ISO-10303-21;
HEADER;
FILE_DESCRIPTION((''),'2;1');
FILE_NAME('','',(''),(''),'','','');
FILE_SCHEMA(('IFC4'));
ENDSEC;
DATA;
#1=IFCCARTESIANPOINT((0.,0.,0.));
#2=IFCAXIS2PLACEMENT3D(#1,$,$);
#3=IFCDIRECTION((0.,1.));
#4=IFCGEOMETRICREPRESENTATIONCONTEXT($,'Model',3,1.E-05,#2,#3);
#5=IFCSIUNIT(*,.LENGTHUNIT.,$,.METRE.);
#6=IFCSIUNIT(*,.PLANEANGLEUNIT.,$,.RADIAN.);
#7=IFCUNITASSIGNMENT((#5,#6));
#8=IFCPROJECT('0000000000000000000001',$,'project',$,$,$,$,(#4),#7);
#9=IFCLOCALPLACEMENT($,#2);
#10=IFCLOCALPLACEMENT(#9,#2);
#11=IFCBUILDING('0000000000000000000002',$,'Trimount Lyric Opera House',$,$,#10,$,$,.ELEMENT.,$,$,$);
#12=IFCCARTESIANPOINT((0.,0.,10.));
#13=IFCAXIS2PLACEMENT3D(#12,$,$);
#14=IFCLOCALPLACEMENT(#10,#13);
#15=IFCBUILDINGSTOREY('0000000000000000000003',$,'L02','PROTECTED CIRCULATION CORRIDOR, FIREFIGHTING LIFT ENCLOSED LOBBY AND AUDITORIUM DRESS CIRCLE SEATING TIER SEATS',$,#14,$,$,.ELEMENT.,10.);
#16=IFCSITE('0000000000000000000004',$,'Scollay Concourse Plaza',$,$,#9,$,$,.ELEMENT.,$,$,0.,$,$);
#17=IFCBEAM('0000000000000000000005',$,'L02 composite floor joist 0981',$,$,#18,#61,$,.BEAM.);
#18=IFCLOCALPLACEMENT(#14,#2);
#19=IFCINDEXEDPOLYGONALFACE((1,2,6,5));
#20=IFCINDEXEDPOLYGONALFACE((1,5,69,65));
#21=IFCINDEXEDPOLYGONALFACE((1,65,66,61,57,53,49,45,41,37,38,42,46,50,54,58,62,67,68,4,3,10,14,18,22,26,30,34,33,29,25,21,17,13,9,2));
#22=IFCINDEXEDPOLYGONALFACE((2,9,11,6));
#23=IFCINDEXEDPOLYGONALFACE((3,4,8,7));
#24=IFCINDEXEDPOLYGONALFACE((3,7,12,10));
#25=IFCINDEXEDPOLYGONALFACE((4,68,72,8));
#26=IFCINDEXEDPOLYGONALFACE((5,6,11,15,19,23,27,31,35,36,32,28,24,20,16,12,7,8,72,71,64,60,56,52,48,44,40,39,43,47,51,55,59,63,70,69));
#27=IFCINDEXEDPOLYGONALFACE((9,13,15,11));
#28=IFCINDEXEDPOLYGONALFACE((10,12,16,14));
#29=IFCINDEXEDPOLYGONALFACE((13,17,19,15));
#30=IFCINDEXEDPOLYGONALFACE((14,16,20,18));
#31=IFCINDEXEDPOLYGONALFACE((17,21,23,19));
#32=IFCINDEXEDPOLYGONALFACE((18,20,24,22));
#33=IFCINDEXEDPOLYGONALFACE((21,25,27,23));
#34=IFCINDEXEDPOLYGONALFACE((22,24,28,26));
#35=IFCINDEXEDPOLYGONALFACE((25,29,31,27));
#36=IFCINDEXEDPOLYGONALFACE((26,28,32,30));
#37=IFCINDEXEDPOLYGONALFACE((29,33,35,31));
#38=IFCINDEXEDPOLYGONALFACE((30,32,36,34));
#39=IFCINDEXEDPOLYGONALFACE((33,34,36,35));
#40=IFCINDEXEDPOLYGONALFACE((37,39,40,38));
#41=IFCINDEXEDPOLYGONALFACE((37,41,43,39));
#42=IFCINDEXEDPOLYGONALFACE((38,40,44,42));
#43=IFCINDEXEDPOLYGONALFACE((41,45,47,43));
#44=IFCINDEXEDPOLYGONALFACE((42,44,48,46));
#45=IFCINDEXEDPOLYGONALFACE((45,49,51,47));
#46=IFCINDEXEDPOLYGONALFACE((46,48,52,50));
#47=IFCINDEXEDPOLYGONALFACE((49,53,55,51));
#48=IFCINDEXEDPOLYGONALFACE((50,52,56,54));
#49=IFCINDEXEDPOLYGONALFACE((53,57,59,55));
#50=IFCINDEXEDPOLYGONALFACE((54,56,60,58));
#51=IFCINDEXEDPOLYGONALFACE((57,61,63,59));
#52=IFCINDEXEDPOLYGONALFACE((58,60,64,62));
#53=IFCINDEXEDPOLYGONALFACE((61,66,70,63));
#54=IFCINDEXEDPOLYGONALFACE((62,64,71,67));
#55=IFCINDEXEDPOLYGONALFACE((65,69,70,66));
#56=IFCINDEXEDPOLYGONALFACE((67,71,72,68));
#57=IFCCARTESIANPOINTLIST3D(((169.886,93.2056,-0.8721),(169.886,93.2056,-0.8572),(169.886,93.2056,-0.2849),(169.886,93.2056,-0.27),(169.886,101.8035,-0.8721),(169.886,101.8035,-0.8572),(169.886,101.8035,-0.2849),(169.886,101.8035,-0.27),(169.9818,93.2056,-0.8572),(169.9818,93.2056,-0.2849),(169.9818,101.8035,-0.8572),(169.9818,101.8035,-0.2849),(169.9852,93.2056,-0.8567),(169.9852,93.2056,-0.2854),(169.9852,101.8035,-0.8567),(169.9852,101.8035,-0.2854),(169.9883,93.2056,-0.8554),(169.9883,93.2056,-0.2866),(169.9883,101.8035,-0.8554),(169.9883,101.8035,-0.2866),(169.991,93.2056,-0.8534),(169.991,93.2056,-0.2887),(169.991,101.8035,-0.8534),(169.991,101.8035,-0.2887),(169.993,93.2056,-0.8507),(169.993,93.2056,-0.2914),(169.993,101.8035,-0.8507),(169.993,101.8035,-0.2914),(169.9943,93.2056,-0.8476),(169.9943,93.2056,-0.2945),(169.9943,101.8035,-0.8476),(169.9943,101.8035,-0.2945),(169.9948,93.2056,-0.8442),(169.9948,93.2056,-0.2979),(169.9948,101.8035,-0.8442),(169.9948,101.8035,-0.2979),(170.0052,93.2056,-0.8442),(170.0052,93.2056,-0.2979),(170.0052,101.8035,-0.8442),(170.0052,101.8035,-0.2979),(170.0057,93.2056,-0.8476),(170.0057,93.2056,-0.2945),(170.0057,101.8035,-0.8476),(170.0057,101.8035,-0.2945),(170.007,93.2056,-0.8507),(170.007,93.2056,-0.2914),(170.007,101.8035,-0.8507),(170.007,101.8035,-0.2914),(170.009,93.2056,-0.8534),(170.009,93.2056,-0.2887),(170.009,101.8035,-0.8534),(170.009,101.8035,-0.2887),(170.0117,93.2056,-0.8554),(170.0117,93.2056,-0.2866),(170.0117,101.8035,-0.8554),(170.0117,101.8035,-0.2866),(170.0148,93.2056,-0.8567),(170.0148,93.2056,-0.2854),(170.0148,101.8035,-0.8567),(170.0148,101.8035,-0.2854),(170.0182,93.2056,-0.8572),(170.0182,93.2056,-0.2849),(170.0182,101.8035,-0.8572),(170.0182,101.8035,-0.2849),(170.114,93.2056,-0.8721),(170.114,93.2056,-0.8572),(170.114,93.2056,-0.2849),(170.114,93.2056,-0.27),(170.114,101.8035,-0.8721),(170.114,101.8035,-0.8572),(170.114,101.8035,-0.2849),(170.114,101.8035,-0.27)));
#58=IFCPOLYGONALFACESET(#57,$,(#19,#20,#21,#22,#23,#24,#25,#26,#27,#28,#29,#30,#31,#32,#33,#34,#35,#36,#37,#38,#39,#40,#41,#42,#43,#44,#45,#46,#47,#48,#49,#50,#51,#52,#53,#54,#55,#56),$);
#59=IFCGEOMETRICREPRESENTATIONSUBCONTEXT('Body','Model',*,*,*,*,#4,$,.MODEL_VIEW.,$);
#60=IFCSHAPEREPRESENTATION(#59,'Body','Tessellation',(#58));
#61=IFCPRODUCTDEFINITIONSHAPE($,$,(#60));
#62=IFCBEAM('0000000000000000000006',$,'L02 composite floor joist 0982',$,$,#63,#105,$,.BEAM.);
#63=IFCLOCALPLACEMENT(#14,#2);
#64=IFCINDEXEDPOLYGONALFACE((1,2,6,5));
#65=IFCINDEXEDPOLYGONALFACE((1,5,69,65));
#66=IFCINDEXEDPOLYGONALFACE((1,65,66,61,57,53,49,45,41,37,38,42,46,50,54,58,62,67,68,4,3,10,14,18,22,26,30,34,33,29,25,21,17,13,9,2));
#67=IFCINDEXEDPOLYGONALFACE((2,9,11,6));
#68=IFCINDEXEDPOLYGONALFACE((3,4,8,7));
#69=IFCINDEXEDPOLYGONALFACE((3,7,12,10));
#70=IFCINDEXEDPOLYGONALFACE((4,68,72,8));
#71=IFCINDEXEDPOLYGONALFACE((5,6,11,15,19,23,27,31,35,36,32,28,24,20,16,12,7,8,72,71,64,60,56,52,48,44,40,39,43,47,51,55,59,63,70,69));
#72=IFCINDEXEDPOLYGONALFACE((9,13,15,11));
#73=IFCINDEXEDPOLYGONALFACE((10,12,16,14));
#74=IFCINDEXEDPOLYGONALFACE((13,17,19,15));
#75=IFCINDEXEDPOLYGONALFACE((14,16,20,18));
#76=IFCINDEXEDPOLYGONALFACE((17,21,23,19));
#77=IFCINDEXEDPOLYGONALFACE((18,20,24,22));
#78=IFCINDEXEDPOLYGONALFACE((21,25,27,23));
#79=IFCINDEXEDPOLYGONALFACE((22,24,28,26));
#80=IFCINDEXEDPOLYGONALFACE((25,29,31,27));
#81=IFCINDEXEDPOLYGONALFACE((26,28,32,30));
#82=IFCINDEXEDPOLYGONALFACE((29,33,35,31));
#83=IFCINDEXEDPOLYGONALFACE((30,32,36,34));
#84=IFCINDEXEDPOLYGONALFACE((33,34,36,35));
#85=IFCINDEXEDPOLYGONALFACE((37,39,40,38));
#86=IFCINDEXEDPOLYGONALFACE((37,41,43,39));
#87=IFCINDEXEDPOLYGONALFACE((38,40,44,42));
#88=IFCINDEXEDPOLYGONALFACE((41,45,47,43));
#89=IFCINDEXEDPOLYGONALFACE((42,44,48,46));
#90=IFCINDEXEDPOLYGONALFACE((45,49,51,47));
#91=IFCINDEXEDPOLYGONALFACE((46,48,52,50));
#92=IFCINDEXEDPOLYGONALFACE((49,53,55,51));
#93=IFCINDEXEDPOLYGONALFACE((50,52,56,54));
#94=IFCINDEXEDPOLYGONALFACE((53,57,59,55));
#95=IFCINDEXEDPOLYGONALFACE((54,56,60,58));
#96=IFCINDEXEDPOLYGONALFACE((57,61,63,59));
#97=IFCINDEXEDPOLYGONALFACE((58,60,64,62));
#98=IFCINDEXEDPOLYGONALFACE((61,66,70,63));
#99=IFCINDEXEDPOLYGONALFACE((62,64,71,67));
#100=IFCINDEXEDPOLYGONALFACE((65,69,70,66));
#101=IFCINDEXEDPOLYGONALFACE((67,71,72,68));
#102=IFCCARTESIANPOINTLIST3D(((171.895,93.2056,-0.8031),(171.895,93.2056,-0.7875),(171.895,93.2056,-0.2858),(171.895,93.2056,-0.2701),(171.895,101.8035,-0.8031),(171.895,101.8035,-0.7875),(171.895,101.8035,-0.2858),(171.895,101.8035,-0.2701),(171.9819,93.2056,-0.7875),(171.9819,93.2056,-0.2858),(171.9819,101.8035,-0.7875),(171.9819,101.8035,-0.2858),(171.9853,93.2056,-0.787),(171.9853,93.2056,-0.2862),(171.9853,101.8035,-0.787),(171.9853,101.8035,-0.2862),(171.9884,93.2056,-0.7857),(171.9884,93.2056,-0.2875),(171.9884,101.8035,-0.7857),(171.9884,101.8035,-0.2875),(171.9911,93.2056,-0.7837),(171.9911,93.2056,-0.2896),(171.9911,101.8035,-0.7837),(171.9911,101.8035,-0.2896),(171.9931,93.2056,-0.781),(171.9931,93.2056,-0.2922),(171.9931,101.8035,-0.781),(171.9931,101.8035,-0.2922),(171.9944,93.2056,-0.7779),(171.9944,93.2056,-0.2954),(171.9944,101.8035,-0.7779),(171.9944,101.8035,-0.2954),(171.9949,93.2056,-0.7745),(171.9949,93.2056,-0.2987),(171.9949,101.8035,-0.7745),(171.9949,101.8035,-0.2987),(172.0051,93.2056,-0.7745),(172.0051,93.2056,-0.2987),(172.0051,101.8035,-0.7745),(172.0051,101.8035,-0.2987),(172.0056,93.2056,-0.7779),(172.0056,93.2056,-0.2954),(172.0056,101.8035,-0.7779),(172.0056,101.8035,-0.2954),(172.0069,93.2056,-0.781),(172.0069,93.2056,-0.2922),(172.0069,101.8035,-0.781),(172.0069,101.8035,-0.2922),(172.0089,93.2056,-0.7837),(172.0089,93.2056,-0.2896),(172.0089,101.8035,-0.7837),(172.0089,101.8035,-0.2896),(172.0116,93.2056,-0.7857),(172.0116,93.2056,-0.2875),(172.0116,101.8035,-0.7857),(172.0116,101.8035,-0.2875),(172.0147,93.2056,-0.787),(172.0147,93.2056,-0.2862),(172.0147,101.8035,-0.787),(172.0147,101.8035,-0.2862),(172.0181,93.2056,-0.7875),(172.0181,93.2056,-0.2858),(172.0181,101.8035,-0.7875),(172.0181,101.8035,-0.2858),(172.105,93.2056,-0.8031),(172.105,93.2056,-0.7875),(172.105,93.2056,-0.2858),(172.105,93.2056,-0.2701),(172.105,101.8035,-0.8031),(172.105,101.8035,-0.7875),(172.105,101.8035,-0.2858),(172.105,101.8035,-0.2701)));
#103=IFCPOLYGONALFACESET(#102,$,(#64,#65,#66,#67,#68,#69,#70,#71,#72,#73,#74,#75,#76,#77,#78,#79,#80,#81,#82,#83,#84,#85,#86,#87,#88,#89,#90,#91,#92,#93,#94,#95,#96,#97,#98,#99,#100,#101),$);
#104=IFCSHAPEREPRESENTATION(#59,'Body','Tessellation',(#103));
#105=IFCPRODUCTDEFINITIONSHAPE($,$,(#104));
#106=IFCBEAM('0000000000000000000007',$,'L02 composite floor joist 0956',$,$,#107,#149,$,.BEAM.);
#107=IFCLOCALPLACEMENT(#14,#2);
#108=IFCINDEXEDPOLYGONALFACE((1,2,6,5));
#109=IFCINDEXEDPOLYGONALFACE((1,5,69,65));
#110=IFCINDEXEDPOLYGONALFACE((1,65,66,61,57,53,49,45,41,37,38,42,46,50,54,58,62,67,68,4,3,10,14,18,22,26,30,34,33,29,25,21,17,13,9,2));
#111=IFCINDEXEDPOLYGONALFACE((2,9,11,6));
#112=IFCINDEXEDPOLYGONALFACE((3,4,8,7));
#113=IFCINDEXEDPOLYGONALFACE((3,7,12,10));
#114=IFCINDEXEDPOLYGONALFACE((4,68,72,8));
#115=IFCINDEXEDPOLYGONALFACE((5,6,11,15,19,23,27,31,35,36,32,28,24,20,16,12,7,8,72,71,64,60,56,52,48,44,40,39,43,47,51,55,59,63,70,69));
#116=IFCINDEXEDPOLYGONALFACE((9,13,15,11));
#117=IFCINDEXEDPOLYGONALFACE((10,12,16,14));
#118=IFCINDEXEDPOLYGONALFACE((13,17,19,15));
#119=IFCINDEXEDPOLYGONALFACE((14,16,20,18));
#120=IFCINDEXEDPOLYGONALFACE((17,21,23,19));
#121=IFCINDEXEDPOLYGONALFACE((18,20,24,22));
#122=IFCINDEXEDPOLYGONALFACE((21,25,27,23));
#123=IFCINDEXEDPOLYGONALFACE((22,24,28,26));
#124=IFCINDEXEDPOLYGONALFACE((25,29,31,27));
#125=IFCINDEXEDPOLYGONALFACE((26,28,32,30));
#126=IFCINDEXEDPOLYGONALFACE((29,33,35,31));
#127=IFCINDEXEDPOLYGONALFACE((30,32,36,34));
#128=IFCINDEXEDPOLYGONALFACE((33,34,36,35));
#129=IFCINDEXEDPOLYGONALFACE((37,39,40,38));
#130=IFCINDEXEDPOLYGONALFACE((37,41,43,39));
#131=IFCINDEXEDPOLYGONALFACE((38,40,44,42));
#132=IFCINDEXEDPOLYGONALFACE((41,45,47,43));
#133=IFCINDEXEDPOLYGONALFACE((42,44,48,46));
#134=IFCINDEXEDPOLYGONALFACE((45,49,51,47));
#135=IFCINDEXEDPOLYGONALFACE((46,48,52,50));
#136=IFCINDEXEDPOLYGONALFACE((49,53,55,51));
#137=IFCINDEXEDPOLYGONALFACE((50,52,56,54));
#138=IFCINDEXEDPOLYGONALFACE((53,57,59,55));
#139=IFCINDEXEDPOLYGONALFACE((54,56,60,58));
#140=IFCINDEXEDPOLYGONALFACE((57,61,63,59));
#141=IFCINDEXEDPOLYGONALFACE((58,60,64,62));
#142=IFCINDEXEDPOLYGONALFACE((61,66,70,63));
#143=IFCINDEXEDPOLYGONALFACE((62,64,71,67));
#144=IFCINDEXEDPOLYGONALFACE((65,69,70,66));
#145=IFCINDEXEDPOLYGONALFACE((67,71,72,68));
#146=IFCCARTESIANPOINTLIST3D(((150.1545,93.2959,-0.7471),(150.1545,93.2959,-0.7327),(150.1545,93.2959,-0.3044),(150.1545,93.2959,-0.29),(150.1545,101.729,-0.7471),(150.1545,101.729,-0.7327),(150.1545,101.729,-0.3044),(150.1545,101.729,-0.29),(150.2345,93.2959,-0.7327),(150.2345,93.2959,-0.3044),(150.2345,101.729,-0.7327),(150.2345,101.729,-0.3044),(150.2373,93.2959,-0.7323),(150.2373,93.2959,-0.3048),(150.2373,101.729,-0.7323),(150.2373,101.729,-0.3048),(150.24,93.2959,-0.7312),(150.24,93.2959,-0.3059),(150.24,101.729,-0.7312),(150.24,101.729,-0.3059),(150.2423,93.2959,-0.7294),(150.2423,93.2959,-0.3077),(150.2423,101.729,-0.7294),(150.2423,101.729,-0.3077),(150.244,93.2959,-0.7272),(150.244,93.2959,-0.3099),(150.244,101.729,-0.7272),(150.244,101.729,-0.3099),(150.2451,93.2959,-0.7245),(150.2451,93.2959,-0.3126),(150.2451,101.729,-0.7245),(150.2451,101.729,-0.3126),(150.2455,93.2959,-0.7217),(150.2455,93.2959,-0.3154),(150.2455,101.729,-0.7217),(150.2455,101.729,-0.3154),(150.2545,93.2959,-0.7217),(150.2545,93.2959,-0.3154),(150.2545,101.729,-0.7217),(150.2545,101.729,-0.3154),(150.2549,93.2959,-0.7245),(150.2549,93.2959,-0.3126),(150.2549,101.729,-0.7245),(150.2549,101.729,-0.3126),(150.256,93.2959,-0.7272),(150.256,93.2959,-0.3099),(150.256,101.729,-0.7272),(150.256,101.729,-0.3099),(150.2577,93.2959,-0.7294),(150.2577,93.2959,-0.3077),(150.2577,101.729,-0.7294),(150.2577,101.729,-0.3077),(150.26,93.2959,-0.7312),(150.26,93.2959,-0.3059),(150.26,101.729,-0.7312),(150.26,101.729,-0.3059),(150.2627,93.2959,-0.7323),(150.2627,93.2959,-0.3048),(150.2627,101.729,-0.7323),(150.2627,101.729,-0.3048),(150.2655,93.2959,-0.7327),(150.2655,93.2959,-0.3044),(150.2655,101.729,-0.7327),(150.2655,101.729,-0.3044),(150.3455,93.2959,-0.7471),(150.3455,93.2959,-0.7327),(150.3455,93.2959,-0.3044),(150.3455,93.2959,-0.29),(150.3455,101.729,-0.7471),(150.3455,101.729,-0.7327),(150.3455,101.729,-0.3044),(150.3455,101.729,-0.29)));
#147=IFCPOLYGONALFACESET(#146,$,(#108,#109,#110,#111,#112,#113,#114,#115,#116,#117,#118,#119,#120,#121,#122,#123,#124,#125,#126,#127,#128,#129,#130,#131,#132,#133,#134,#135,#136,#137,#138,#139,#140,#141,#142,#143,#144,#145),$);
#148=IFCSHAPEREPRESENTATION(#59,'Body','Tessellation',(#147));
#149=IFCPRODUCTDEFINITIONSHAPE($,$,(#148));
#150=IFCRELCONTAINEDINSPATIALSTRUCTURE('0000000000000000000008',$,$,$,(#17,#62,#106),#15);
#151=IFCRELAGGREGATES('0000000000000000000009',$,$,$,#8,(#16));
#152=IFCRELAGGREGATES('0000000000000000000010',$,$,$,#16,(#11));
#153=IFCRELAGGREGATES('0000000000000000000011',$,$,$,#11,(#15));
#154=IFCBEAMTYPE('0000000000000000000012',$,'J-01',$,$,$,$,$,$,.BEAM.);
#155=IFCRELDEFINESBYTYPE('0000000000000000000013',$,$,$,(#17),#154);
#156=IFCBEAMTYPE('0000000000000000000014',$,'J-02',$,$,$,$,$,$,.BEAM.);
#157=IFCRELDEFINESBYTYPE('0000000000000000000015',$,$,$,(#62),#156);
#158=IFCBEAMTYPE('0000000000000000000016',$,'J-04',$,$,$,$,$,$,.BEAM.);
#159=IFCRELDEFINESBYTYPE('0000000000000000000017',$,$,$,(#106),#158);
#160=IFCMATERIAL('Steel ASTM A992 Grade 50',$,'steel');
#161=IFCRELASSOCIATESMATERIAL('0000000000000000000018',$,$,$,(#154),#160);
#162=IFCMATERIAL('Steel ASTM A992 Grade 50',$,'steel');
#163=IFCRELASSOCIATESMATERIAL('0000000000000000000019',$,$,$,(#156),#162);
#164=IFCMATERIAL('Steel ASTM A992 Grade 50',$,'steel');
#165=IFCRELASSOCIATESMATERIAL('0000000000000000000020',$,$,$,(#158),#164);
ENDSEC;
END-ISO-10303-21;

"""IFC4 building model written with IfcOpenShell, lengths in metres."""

from ifc_helpers import new_model, si_unit, direction, frame, origin, origin_2d, place, context, subcontext, project, spatial, i_section, extrude, material, material_profile, profile_set, type_object, element, save


model = new_model("IFC4")

# Units and contexts
model_context = context("Model", 3, precision=1e-05, world=origin(), true_north=direction((0.0, 1.0)))
body_context = subcontext(model_context, "Body", "Model", "MODEL_VIEW")
ifc_project = project(units=[si_unit("LENGTHUNIT", "METRE"), si_unit("PLANEANGLEUNIT", "RADIAN")], contexts=[model_context])

# Site, building, storey
site_placement = place(None, origin())
site = spatial("IfcSite", under=ifc_project, at=site_placement, Name="Scollay Concourse Plaza", CompositionType="ELEMENT", RefElevation=0.0)
building_placement = place(site_placement, origin())
building = spatial("IfcBuilding", under=site, at=building_placement, Name="Trimount Lyric Opera House", CompositionType="ELEMENT")
storey_placement = place(building_placement, frame((0.0, 0.0, 10.0)))
storey = spatial("IfcBuildingStorey", under=building, at=storey_placement, Name="L02", Description="PROTECTED CIRCULATION CORRIDOR, FIREFIGHTING LIFT ENCLOSED LOBBY AND AUDITORIUM DRESS CIRCLE SEATING TIER SEATS", CompositionType="ELEMENT", Elevation=10.0)

# Beams
ifc_material_1 = material(Name="Steel ASTM A992 Grade 50", Category="steel")
ifc_material_profile_1 = material_profile(ifc_material_1, i_section(OverallWidth=0.228, OverallDepth=0.6021, WebThickness=0.0105, FlangeThickness=0.0149, FilletRadius=0.0129, at=origin_2d()), Name="W24X68")
ifc_profile_set_1 = profile_set([ifc_material_profile_1], Name="Steel ASTM A992 Grade 50")
beam_type_1 = type_object("IfcBeamType", Name="J-01", PredefinedType="BEAM", material=ifc_profile_set_1)
beam_1_placement = place(storey_placement, frame((170.0, 93.2056, -0.571), z_axis=(0.0, 1.0, 0.0), x_axis=(-1.0, 0.0, 0.0)))
element("IfcBeam", 1, at=beam_1_placement, inside=storey, type_object=beam_type_1, Name="L02 composite floor joist 0981", PredefinedType="BEAM", context=body_context, shape_type="SweptSolid", body=[
    extrude(i_section(OverallWidth=0.228, OverallDepth=0.6021, WebThickness=0.0105, FlangeThickness=0.0149, FilletRadius=0.0129, at=origin_2d()), origin(), (0.0, 0.0, 1.0), 8.5979),
])
ifc_material_2 = material(Name="Steel ASTM A992 Grade 50", Category="steel")
ifc_material_profile_2 = material_profile(ifc_material_2, i_section(OverallWidth=0.21, OverallDepth=0.533, WebThickness=0.0103, FlangeThickness=0.0156, FilletRadius=0.0129, at=origin_2d()), Name="W21X62")
ifc_profile_set_2 = profile_set([ifc_material_profile_2], Name="Steel ASTM A992 Grade 50")
beam_type_2 = type_object("IfcBeamType", Name="J-02", PredefinedType="BEAM", material=ifc_profile_set_2)
beam_2_placement = place(storey_placement, frame((172.0, 93.2056, -0.5366), z_axis=(0.0, 1.0, 0.0), x_axis=(-1.0, 0.0, 0.0)))
element("IfcBeam", 2, at=beam_2_placement, inside=storey, type_object=beam_type_2, Name="L02 composite floor joist 0982", PredefinedType="BEAM", context=body_context, shape_type="SweptSolid", body=[
    extrude(i_section(OverallWidth=0.21, OverallDepth=0.533, WebThickness=0.0103, FlangeThickness=0.0156, FilletRadius=0.0129, at=origin_2d()), origin(), (0.0, 0.0, 1.0), 8.5979),
])
ifc_material_3 = material(Name="Steel ASTM A992 Grade 50", Category="steel")
ifc_material_profile_3 = material_profile(ifc_material_3, i_section(OverallWidth=0.1909, OverallDepth=0.457, WebThickness=0.009, FlangeThickness=0.0144, FilletRadius=0.011, at=origin_2d()), Name="W18X50")
ifc_profile_set_3 = profile_set([ifc_material_profile_3], Name="Steel ASTM A992 Grade 50")
beam_type_3 = type_object("IfcBeamType", Name="J-04", PredefinedType="BEAM", material=ifc_profile_set_3)
beam_3_placement = place(storey_placement, frame((150.25, 93.2959, -0.5186), z_axis=(0.0, 1.0, 0.0), x_axis=(-1.0, 0.0, 0.0)))
element("IfcBeam", 3, at=beam_3_placement, inside=storey, type_object=beam_type_3, Name="L02 composite floor joist 0956", PredefinedType="BEAM", context=body_context, shape_type="SweptSolid", body=[
    extrude(i_section(OverallWidth=0.1909, OverallDepth=0.457, WebThickness=0.009, FlangeThickness=0.0144, FilletRadius=0.011, at=origin_2d()), origin(), (0.0, 0.0, 1.0), 8.4331),
])

save(model, "model.ifc")
